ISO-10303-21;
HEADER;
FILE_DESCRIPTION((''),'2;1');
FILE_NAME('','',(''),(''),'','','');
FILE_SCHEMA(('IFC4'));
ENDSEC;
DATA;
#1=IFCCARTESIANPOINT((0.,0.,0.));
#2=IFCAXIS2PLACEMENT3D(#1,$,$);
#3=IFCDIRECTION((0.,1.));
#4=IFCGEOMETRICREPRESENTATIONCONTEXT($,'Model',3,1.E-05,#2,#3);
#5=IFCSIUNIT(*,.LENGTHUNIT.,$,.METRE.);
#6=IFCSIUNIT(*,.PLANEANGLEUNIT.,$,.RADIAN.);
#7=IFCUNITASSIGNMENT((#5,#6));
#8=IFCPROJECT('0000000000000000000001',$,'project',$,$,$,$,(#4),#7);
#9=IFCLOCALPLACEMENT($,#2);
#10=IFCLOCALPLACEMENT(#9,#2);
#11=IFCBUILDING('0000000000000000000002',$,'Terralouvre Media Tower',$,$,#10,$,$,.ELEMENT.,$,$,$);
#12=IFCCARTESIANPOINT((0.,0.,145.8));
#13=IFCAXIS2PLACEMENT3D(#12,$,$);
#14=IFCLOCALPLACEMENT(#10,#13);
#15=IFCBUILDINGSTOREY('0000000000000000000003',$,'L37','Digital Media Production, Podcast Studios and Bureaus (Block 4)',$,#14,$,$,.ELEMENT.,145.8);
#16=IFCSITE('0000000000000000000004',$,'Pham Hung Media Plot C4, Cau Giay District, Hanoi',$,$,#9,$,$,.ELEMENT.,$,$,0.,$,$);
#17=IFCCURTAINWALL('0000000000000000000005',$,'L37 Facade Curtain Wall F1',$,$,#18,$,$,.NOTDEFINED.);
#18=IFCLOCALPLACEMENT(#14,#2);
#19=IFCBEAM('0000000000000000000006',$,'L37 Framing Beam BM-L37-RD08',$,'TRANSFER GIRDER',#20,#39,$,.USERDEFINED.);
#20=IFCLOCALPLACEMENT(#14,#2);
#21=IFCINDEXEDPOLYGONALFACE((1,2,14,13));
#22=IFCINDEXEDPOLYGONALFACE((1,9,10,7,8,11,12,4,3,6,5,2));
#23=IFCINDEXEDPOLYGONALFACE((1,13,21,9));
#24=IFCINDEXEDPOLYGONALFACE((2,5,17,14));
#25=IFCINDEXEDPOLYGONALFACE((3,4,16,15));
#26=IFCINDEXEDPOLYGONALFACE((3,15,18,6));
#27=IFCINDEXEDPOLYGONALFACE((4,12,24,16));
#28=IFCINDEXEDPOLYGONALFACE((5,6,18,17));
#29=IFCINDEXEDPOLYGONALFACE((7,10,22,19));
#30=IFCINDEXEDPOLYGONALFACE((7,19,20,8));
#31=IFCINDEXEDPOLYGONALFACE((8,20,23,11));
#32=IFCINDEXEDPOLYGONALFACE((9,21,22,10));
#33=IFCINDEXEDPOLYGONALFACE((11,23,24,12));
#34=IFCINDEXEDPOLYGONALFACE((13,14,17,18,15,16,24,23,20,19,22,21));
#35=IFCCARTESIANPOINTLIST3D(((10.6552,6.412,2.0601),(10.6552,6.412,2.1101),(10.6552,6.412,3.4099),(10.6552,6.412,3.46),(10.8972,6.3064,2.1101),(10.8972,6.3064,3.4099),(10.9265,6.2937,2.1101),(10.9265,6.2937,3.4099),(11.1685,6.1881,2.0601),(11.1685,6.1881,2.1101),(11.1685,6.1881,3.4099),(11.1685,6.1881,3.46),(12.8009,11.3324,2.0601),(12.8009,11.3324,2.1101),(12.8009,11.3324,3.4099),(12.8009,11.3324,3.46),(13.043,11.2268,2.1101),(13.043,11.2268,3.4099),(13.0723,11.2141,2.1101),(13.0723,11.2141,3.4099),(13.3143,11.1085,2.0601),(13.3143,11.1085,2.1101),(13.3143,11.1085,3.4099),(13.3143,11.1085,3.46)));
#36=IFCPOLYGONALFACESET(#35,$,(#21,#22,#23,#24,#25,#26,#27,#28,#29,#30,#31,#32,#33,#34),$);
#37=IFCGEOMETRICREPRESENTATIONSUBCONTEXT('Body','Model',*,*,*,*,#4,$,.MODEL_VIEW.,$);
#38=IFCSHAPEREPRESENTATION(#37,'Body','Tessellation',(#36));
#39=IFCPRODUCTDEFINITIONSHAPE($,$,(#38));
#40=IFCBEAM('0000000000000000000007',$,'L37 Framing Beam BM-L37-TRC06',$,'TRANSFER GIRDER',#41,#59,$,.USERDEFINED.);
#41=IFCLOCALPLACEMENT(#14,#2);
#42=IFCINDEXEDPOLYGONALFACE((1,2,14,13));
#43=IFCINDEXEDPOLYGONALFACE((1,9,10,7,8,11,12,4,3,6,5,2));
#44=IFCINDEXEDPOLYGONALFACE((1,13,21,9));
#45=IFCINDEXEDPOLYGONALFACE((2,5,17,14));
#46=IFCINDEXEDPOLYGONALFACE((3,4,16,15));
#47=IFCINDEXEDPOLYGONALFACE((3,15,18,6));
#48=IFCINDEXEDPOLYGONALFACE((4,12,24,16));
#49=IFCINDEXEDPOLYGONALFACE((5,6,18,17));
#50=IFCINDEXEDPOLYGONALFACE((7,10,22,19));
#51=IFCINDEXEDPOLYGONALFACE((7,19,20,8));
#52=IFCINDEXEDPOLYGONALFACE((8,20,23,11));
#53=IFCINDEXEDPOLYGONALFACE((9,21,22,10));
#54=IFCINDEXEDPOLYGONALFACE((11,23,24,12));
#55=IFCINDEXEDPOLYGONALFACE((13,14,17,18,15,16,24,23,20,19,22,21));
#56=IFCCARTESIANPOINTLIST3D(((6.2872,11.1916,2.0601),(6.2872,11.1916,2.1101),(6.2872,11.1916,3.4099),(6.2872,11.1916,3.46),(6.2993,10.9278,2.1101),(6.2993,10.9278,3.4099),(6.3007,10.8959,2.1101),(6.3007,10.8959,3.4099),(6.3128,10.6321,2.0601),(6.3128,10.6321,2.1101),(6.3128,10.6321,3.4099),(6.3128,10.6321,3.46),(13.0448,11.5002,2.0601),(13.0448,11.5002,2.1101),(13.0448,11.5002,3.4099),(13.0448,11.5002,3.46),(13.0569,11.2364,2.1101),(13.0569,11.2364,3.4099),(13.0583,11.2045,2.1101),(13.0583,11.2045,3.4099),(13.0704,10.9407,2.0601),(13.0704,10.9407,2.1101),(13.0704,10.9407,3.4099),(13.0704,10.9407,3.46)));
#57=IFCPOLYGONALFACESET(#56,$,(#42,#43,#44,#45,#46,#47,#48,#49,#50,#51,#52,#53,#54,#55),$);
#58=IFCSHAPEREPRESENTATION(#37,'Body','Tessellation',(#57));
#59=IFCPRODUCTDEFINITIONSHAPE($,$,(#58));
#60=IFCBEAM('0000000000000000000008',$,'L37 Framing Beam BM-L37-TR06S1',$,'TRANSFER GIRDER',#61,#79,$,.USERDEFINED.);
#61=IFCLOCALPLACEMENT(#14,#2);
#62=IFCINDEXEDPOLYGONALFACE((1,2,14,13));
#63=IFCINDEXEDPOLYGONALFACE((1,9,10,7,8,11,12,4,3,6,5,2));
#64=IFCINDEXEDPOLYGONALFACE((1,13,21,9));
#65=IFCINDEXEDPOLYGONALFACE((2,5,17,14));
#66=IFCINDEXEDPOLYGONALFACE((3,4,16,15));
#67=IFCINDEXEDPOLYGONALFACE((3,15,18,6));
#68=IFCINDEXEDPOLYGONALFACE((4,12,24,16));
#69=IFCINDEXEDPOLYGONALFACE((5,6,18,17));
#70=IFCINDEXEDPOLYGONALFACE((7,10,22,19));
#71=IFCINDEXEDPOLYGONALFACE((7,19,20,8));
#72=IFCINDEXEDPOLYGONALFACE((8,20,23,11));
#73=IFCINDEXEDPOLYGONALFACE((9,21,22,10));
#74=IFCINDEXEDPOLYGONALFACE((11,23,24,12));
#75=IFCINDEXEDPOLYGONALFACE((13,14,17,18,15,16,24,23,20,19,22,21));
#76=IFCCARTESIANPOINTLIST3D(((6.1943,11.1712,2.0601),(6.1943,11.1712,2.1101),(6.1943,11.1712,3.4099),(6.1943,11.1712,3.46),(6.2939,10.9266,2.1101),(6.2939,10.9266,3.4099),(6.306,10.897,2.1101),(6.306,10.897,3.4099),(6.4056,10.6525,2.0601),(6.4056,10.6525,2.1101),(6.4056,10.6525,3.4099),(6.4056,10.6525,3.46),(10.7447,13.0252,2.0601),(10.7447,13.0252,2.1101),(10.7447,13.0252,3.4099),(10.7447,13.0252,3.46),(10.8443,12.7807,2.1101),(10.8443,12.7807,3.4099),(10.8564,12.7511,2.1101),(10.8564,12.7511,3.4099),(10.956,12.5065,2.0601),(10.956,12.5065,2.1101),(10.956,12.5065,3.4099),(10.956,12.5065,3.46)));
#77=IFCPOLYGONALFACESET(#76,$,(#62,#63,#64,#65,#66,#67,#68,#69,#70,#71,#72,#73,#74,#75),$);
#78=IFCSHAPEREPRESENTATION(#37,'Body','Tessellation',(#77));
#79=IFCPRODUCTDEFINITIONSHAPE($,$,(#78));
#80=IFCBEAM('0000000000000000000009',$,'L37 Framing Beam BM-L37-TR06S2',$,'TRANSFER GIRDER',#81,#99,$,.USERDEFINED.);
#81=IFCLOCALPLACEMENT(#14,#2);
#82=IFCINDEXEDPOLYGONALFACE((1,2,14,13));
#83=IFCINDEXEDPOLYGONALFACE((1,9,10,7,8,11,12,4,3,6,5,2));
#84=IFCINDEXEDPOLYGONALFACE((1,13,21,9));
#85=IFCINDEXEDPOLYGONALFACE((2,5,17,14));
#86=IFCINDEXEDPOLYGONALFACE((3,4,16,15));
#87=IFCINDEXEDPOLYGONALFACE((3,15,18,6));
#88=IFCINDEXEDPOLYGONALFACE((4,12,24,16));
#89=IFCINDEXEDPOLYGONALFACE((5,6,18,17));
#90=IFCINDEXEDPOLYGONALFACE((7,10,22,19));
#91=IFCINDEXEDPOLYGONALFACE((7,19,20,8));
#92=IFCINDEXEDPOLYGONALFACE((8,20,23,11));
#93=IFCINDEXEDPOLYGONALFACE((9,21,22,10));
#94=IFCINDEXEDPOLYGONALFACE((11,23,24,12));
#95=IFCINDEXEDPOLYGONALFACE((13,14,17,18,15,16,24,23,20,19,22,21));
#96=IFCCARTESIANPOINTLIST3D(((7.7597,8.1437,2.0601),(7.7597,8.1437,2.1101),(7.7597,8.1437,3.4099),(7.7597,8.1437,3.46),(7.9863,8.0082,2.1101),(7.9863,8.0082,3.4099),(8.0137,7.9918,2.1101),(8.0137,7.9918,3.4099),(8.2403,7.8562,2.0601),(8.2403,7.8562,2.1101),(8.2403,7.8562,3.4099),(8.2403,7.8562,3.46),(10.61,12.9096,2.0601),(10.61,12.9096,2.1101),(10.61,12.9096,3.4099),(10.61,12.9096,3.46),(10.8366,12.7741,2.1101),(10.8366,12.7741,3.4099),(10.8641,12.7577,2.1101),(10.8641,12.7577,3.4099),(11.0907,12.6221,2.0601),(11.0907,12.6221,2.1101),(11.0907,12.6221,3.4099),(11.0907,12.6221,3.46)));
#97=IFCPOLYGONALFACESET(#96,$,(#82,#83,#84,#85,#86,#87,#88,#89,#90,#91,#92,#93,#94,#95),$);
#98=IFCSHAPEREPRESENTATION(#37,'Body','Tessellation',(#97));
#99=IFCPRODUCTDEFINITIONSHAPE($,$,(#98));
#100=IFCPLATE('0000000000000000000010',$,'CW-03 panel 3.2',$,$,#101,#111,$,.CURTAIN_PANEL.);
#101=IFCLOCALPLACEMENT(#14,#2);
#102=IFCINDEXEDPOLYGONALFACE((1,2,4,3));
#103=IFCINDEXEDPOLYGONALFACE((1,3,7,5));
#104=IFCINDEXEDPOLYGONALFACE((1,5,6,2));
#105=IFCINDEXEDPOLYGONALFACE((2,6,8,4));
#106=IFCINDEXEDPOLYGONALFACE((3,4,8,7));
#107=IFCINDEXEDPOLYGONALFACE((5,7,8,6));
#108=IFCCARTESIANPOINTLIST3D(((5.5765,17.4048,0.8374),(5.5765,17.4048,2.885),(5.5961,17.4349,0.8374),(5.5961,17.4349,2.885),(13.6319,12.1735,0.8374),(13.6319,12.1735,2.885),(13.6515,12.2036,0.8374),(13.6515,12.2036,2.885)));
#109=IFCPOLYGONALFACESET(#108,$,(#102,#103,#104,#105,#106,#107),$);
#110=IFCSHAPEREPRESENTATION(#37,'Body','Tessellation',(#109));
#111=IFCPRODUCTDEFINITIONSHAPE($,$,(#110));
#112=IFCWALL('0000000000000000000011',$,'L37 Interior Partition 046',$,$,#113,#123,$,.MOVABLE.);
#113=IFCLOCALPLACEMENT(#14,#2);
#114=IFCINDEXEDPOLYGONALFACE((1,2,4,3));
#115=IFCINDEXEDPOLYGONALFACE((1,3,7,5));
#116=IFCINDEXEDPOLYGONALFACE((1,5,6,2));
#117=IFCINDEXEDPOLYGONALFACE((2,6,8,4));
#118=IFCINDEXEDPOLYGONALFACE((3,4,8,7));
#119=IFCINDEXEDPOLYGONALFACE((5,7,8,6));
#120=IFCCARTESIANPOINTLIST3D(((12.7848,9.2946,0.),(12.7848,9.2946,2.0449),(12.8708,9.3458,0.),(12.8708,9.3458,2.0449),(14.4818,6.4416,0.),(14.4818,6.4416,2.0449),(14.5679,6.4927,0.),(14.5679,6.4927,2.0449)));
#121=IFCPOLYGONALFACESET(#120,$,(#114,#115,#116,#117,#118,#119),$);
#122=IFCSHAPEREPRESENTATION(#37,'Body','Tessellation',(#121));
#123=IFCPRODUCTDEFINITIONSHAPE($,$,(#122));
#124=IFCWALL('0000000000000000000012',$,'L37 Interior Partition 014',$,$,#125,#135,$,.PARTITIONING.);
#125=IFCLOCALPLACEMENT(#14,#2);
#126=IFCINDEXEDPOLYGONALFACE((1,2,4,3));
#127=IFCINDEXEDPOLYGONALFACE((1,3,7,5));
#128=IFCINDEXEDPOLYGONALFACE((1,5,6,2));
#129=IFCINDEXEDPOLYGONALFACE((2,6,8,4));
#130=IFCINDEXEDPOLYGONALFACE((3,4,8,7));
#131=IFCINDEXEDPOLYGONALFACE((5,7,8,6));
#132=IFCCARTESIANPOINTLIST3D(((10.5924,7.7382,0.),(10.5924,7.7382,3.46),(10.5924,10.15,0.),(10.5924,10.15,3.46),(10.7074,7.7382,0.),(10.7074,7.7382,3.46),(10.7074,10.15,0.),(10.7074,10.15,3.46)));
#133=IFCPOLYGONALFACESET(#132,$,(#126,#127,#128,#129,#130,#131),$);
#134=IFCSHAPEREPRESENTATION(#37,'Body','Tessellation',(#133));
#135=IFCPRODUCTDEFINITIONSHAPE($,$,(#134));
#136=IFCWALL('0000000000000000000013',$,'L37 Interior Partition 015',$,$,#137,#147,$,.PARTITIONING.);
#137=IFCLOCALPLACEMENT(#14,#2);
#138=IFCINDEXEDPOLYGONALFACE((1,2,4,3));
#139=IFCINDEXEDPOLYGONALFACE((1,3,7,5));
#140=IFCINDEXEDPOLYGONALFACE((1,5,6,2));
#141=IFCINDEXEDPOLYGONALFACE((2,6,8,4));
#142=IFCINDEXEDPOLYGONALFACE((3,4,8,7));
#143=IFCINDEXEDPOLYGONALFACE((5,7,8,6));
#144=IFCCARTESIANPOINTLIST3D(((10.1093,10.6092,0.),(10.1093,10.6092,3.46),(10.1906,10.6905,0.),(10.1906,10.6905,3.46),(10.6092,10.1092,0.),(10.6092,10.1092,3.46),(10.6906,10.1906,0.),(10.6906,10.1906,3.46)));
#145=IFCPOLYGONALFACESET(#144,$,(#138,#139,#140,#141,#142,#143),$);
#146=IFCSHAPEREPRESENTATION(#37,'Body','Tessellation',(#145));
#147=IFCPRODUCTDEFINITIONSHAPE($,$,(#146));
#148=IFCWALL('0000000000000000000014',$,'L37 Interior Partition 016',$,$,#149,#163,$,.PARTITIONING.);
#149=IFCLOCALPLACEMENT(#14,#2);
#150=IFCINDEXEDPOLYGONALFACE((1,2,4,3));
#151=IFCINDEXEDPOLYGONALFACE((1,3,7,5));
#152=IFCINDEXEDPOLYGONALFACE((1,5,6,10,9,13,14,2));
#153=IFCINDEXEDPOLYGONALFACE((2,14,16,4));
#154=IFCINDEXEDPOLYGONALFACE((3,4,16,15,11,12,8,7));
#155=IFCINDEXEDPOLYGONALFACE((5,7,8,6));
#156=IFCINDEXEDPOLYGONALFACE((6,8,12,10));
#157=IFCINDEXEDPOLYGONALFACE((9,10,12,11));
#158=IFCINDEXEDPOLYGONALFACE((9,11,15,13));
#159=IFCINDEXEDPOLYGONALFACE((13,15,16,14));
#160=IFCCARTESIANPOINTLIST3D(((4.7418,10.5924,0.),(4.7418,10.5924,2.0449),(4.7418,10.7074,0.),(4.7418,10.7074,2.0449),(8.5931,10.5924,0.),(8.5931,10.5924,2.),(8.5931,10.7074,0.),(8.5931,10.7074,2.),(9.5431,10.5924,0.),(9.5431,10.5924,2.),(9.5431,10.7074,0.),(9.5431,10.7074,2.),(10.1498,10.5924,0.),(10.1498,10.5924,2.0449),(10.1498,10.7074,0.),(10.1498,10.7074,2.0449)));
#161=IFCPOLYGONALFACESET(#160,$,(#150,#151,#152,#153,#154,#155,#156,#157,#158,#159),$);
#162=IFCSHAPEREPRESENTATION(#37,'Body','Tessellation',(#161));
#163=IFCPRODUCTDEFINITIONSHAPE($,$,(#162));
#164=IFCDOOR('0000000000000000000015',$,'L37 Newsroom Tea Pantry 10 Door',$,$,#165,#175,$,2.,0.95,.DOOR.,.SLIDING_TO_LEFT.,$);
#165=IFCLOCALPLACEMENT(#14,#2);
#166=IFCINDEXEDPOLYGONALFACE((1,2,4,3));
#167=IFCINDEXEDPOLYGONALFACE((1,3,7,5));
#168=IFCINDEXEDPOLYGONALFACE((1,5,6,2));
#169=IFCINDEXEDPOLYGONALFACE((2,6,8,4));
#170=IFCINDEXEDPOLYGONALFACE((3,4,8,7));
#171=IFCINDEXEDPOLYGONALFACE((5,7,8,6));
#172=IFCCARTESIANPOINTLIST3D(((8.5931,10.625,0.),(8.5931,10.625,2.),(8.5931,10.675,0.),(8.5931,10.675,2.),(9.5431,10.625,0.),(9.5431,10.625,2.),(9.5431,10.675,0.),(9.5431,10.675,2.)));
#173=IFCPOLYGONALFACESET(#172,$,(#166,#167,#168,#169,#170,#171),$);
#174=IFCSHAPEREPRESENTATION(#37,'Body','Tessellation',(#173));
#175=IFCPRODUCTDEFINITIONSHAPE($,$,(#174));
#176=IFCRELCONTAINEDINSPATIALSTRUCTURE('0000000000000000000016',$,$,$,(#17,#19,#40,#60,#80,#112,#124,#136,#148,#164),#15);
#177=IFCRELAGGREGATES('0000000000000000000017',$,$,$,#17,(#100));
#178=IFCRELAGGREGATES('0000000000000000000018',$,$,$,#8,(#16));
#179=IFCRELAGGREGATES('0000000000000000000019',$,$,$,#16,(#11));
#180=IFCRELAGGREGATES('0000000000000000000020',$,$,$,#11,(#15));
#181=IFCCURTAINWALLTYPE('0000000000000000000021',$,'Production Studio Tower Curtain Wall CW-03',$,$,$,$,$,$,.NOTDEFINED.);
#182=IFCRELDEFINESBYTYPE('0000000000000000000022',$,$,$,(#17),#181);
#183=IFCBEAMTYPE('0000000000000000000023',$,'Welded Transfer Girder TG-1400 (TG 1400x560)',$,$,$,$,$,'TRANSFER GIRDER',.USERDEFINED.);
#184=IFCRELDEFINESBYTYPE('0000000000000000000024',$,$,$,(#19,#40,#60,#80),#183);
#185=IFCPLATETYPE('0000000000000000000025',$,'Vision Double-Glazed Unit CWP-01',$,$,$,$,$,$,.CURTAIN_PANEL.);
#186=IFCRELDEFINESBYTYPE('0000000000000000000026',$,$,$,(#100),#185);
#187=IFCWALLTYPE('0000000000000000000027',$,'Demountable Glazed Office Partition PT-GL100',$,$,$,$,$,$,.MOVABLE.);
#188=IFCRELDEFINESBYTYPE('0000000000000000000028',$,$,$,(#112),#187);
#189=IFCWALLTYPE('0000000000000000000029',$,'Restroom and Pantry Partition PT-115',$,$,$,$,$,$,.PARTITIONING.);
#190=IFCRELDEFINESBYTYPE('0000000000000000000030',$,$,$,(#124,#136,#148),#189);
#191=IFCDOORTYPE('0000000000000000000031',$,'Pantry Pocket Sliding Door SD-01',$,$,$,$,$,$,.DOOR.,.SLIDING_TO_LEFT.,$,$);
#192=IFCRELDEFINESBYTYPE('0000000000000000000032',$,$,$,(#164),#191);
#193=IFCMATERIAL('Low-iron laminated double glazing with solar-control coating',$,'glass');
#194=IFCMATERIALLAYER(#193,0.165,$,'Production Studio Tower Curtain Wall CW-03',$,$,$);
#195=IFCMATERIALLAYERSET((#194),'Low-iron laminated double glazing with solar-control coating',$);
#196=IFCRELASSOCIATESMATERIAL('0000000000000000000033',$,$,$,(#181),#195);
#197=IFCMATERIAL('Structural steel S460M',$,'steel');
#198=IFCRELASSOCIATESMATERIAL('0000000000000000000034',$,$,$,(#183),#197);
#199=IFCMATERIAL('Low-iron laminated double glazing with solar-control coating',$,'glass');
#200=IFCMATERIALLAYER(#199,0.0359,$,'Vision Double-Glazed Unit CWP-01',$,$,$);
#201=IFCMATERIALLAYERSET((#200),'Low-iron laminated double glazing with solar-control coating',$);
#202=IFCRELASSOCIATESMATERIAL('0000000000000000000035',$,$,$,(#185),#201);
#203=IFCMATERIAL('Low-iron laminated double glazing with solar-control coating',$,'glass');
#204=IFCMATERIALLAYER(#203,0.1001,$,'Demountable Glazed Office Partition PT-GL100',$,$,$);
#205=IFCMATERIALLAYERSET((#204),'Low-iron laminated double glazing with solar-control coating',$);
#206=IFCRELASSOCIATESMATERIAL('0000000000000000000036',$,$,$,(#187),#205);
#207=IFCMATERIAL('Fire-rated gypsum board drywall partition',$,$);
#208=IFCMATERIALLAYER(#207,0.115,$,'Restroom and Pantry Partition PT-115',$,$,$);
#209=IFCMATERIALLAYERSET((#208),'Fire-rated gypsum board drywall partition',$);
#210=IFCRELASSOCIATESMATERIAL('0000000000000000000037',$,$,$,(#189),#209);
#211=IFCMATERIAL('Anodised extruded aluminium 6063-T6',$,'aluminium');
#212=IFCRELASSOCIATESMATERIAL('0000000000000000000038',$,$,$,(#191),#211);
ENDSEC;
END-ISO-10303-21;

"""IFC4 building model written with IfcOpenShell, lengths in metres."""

from ifc_helpers import new_model, si_unit, direction, frame, frame_2d, origin, origin_2d, place, context, subcontext, project, spatial, rectangle, i_section, extrude, material, layer, layer_set, material_profile, profile_set, type_object, element, fill, aggregate, save


model = new_model("IFC4")

# Units and contexts
model_context = context("Model", 3, precision=1e-05, world=origin(), true_north=direction((0.0, 1.0)))
body_context = subcontext(model_context, "Body", "Model", "MODEL_VIEW")
ifc_project = project(units=[si_unit("LENGTHUNIT", "METRE"), si_unit("PLANEANGLEUNIT", "RADIAN")], contexts=[model_context])

# Site, building, storey
site_placement = place(None, origin())
site = spatial("IfcSite", under=ifc_project, at=site_placement, Name="Pham Hung Media Plot C4, Cau Giay District, Hanoi", CompositionType="ELEMENT", RefElevation=0.0)
building_placement = place(site_placement, origin())
building = spatial("IfcBuilding", under=site, at=building_placement, Name="Terralouvre Media Tower", CompositionType="ELEMENT")
storey_placement = place(building_placement, frame((0.0, 0.0, 145.8)))
storey = spatial("IfcBuildingStorey", under=building, at=storey_placement, Name="L37", Description="Digital Media Production, Podcast Studios and Bureaus (Block 4)", CompositionType="ELEMENT", Elevation=145.8)

# Curtain wall
ifc_material_1 = material(Name="Low-iron laminated double glazing with solar-control coating", Category="glass")
ifc_layer_1 = layer(ifc_material_1, 0.165, Name="Production Studio Tower Curtain Wall CW-03")
ifc_layer_set_1 = layer_set([ifc_layer_1], Name="Low-iron laminated double glazing with solar-control coating")
curtain_wall_type = type_object("IfcCurtainWallType", Name="Production Studio Tower Curtain Wall CW-03", PredefinedType="NOTDEFINED", material=ifc_layer_set_1)
curtain_wall_placement = place(storey_placement, origin())
curtain_wall = element("IfcCurtainWall", 1, at=curtain_wall_placement, inside=storey, type_object=curtain_wall_type, Name="L37 Facade Curtain Wall F1", PredefinedType="NOTDEFINED")

# Beams
ifc_material_2 = material(Name="Structural steel S460M", Category="steel")
ifc_material_profile_1 = material_profile(ifc_material_2, i_section(OverallWidth=0.5601, OverallDepth=1.3999, WebThickness=0.032, FlangeThickness=0.05, at=origin_2d()), Name="TG 1400x560")
ifc_profile_set_1 = profile_set([ifc_material_profile_1], Name="Structural steel S460M")
beam_type_1 = type_object("IfcBeamType", Name="Welded Transfer Girder TG-1400 (TG 1400x560)", ElementType="TRANSFER GIRDER", PredefinedType="USERDEFINED", material=ifc_profile_set_1)
beam_1_placement = place(storey_placement, frame((10.9119, 6.3, 2.76), z_axis=(0.399735, 0.916631, 0.0), x_axis=(-0.916631, 0.399735, 0.0)))
element("IfcBeam", 2, at=beam_1_placement, inside=storey, type_object=beam_type_1, Name="L37 Framing Beam BM-L37-RD08", ObjectType="TRANSFER GIRDER", PredefinedType="USERDEFINED", context=body_context, shape_type="SweptSolid", body=[
    extrude(i_section(OverallWidth=0.5601, OverallDepth=1.3999, WebThickness=0.032, FlangeThickness=0.05, at=origin_2d()), origin(), (0.0, 0.0, 1.0), 5.3679),
])
beam_2_placement = place(storey_placement, frame((13.0576, 11.2205, 2.76), z_axis=(-0.998959, -0.045619, 0.0), x_axis=(0.045619, -0.998959, 0.0)))
element("IfcBeam", 3, at=beam_2_placement, inside=storey, type_object=beam_type_1, Name="L37 Framing Beam BM-L37-TRC06", ObjectType="TRANSFER GIRDER", PredefinedType="USERDEFINED", context=body_context, shape_type="SweptSolid", body=[
    extrude(i_section(OverallWidth=0.5601, OverallDepth=1.3999, WebThickness=0.032, FlangeThickness=0.05, at=origin_2d()), origin(), (0.0, 0.0, 1.0), 6.7646),
])
beam_3_placement = place(storey_placement, frame((10.8503, 12.7659, 2.76), z_axis=(-0.926079, -0.377328, 0.0), x_axis=(0.377328, -0.926079, 0.0)))
element("IfcBeam", 4, at=beam_3_placement, inside=storey, type_object=beam_type_1, Name="L37 Framing Beam BM-L37-TR06S1", ObjectType="TRANSFER GIRDER", PredefinedType="USERDEFINED", context=body_context, shape_type="SweptSolid", body=[
    extrude(i_section(OverallWidth=0.5601, OverallDepth=1.3999, WebThickness=0.032, FlangeThickness=0.05, at=origin_2d()), origin(), (0.0, 0.0, 1.0), 4.9136),
])
beam_4_placement = place(storey_placement, frame((10.8503, 12.7659, 2.76), z_axis=(-0.51328, -0.858221, 0.0), x_axis=(0.858221, -0.51328, 0.0)))
element("IfcBeam", 5, at=beam_4_placement, inside=storey, type_object=beam_type_1, Name="L37 Framing Beam BM-L37-TR06S2", ObjectType="TRANSFER GIRDER", PredefinedType="USERDEFINED", context=body_context, shape_type="SweptSolid", body=[
    extrude(i_section(OverallWidth=0.5601, OverallDepth=1.3999, WebThickness=0.032, FlangeThickness=0.05, at=origin_2d()), origin(), (0.0, 0.0, 1.0), 5.5532),
])

# Plate
ifc_material_3 = material(Name="Low-iron laminated double glazing with solar-control coating", Category="glass")
ifc_layer_2 = layer(ifc_material_3, 0.0359, Name="Vision Double-Glazed Unit CWP-01")
ifc_layer_set_2 = layer_set([ifc_layer_2], Name="Low-iron laminated double glazing with solar-control coating")
plate_type = type_object("IfcPlateType", Name="Vision Double-Glazed Unit CWP-01", PredefinedType="CURTAIN_PANEL", material=ifc_layer_set_2)
plate_placement = place(storey_placement, frame((9.614, 14.8042, 0.8374), z_axis=(0.0, 0.0, 1.0), x_axis=(-0.838671, 0.544639, 0.0)))
plate = element("IfcPlate", 6, at=plate_placement, type_object=plate_type, Name="CW-03 panel 3.2", PredefinedType="CURTAIN_PANEL", context=body_context, shape_type="SweptSolid", body=[
    extrude(rectangle(XDim=9.605, YDim=0.0359, at=origin_2d()), origin(), (0.0, 0.0, 1.0), 2.0476),
])
aggregate(curtain_wall, [plate])

# Walls
ifc_material_4 = material(Name="Low-iron laminated double glazing with solar-control coating", Category="glass")
ifc_layer_3 = layer(ifc_material_4, 0.1001, Name="Demountable Glazed Office Partition PT-GL100")
ifc_layer_set_3 = layer_set([ifc_layer_3], Name="Low-iron laminated double glazing with solar-control coating")
wall_type_1 = type_object("IfcWallType", Name="Demountable Glazed Office Partition PT-GL100", PredefinedType="MOVABLE", material=ifc_layer_set_3)
wall_1_placement = place(storey_placement, frame((12.8279, 9.3201, 0.0), z_axis=(0.0, 0.0, 1.0), x_axis=(0.511215, -0.859453, 0.0)))
element("IfcWall", 7, at=wall_1_placement, inside=storey, type_object=wall_type_1, Name="L37 Interior Partition 046", PredefinedType="MOVABLE", context=body_context, shape_type="SweptSolid", body=[
    extrude(rectangle(XDim=3.3196, YDim=0.1001, at=frame_2d((1.6597, 0.0))), origin(), (0.0, 0.0, 1.0), 2.0449),
])
ifc_material_5 = material(Name="Fire-rated gypsum board drywall partition")
ifc_layer_4 = layer(ifc_material_5, 0.115, Name="Restroom and Pantry Partition PT-115")
ifc_layer_set_4 = layer_set([ifc_layer_4], Name="Fire-rated gypsum board drywall partition")
wall_type_2 = type_object("IfcWallType", Name="Restroom and Pantry Partition PT-115", PredefinedType="PARTITIONING", material=ifc_layer_set_4)
wall_2_placement = place(storey_placement, frame((10.6499, 7.738, 0.0), z_axis=(0.0, 0.0, 1.0), x_axis=(0.0, 1.0, 0.0)))
element("IfcWall", 8, at=wall_2_placement, inside=storey, type_object=wall_type_2, Name="L37 Interior Partition 014", PredefinedType="PARTITIONING", context=body_context, shape_type="SweptSolid", body=[
    extrude(rectangle(XDim=2.4119, YDim=0.115, at=frame_2d((1.2061, 0.0))), origin(), (0.0, 0.0, 1.0), 3.46),
])
wall_3_placement = place(storey_placement, frame((10.6499, 10.1499, 0.0), z_axis=(0.0, 0.0, 1.0), x_axis=(-0.707107, 0.707107, 0.0)))
element("IfcWall", 9, at=wall_3_placement, inside=storey, type_object=wall_type_2, Name="L37 Interior Partition 015", PredefinedType="PARTITIONING", context=body_context, shape_type="SweptSolid", body=[
    extrude(rectangle(XDim=0.707, YDim=0.115, at=frame_2d((0.3535, 0.0))), origin(), (0.0, 0.0, 1.0), 3.46),
])

# Wall, opening, door
wall_4_placement = place(storey_placement, frame((10.1499, 10.6499, 0.0), z_axis=(0.0, 0.0, 1.0), x_axis=(-1.0, 0.0, 0.0)))
wall_4 = element("IfcWall", 10, at=wall_4_placement, inside=storey, type_object=wall_type_2, Name="L37 Interior Partition 016", PredefinedType="PARTITIONING", context=body_context, shape_type="SweptSolid", body=[
    extrude(rectangle(XDim=5.408, YDim=0.115, at=frame_2d((2.7041, 0.0))), origin(), (0.0, 0.0, 1.0), 2.0449),
])
opening_1_placement = place(wall_4_placement, frame((0.6067, 0.0, 0.0)))
opening_1 = element("IfcOpeningElement", 11, at=opening_1_placement, cuts=wall_4, PredefinedType="OPENING", context=body_context, shape_type="SweptSolid", body=[
    extrude(rectangle(XDim=0.95, YDim=2.0, at=frame_2d((0.4751, 1.0))), frame((0.0, 0.0674, 0.0), z_axis=(0.0, -1.0, 0.0), x_axis=(1.0, 0.0, 0.0)), (0.0, 0.0, 1.0), 0.135),
])
ifc_material_6 = material(Name="Anodised extruded aluminium 6063-T6", Category="aluminium")
door_type_1 = type_object("IfcDoorType", Name="Pantry Pocket Sliding Door SD-01", OperationType="SLIDING_TO_LEFT", PredefinedType="DOOR", material=ifc_material_6)
door_1_placement = place(opening_1_placement, origin())
door_1 = element("IfcDoor", 12, at=door_1_placement, inside=storey, type_object=door_type_1, Name="L37 Newsroom Tea Pantry 10 Door", OperationType="SLIDING_TO_LEFT", OverallHeight=2.0, OverallWidth=0.95, PredefinedType="DOOR", context=body_context, shape_type="SweptSolid", body=[
    extrude(rectangle(XDim=0.95, YDim=2.0, at=frame_2d((0.4751, 1.0))), frame((0.0, 0.0249, 0.0), z_axis=(0.0, -1.0, 0.0), x_axis=(1.0, 0.0, 0.0)), (0.0, 0.0, 1.0), 0.05),
])
fill(opening_1, door_1)

save(model, "model.ifc")
